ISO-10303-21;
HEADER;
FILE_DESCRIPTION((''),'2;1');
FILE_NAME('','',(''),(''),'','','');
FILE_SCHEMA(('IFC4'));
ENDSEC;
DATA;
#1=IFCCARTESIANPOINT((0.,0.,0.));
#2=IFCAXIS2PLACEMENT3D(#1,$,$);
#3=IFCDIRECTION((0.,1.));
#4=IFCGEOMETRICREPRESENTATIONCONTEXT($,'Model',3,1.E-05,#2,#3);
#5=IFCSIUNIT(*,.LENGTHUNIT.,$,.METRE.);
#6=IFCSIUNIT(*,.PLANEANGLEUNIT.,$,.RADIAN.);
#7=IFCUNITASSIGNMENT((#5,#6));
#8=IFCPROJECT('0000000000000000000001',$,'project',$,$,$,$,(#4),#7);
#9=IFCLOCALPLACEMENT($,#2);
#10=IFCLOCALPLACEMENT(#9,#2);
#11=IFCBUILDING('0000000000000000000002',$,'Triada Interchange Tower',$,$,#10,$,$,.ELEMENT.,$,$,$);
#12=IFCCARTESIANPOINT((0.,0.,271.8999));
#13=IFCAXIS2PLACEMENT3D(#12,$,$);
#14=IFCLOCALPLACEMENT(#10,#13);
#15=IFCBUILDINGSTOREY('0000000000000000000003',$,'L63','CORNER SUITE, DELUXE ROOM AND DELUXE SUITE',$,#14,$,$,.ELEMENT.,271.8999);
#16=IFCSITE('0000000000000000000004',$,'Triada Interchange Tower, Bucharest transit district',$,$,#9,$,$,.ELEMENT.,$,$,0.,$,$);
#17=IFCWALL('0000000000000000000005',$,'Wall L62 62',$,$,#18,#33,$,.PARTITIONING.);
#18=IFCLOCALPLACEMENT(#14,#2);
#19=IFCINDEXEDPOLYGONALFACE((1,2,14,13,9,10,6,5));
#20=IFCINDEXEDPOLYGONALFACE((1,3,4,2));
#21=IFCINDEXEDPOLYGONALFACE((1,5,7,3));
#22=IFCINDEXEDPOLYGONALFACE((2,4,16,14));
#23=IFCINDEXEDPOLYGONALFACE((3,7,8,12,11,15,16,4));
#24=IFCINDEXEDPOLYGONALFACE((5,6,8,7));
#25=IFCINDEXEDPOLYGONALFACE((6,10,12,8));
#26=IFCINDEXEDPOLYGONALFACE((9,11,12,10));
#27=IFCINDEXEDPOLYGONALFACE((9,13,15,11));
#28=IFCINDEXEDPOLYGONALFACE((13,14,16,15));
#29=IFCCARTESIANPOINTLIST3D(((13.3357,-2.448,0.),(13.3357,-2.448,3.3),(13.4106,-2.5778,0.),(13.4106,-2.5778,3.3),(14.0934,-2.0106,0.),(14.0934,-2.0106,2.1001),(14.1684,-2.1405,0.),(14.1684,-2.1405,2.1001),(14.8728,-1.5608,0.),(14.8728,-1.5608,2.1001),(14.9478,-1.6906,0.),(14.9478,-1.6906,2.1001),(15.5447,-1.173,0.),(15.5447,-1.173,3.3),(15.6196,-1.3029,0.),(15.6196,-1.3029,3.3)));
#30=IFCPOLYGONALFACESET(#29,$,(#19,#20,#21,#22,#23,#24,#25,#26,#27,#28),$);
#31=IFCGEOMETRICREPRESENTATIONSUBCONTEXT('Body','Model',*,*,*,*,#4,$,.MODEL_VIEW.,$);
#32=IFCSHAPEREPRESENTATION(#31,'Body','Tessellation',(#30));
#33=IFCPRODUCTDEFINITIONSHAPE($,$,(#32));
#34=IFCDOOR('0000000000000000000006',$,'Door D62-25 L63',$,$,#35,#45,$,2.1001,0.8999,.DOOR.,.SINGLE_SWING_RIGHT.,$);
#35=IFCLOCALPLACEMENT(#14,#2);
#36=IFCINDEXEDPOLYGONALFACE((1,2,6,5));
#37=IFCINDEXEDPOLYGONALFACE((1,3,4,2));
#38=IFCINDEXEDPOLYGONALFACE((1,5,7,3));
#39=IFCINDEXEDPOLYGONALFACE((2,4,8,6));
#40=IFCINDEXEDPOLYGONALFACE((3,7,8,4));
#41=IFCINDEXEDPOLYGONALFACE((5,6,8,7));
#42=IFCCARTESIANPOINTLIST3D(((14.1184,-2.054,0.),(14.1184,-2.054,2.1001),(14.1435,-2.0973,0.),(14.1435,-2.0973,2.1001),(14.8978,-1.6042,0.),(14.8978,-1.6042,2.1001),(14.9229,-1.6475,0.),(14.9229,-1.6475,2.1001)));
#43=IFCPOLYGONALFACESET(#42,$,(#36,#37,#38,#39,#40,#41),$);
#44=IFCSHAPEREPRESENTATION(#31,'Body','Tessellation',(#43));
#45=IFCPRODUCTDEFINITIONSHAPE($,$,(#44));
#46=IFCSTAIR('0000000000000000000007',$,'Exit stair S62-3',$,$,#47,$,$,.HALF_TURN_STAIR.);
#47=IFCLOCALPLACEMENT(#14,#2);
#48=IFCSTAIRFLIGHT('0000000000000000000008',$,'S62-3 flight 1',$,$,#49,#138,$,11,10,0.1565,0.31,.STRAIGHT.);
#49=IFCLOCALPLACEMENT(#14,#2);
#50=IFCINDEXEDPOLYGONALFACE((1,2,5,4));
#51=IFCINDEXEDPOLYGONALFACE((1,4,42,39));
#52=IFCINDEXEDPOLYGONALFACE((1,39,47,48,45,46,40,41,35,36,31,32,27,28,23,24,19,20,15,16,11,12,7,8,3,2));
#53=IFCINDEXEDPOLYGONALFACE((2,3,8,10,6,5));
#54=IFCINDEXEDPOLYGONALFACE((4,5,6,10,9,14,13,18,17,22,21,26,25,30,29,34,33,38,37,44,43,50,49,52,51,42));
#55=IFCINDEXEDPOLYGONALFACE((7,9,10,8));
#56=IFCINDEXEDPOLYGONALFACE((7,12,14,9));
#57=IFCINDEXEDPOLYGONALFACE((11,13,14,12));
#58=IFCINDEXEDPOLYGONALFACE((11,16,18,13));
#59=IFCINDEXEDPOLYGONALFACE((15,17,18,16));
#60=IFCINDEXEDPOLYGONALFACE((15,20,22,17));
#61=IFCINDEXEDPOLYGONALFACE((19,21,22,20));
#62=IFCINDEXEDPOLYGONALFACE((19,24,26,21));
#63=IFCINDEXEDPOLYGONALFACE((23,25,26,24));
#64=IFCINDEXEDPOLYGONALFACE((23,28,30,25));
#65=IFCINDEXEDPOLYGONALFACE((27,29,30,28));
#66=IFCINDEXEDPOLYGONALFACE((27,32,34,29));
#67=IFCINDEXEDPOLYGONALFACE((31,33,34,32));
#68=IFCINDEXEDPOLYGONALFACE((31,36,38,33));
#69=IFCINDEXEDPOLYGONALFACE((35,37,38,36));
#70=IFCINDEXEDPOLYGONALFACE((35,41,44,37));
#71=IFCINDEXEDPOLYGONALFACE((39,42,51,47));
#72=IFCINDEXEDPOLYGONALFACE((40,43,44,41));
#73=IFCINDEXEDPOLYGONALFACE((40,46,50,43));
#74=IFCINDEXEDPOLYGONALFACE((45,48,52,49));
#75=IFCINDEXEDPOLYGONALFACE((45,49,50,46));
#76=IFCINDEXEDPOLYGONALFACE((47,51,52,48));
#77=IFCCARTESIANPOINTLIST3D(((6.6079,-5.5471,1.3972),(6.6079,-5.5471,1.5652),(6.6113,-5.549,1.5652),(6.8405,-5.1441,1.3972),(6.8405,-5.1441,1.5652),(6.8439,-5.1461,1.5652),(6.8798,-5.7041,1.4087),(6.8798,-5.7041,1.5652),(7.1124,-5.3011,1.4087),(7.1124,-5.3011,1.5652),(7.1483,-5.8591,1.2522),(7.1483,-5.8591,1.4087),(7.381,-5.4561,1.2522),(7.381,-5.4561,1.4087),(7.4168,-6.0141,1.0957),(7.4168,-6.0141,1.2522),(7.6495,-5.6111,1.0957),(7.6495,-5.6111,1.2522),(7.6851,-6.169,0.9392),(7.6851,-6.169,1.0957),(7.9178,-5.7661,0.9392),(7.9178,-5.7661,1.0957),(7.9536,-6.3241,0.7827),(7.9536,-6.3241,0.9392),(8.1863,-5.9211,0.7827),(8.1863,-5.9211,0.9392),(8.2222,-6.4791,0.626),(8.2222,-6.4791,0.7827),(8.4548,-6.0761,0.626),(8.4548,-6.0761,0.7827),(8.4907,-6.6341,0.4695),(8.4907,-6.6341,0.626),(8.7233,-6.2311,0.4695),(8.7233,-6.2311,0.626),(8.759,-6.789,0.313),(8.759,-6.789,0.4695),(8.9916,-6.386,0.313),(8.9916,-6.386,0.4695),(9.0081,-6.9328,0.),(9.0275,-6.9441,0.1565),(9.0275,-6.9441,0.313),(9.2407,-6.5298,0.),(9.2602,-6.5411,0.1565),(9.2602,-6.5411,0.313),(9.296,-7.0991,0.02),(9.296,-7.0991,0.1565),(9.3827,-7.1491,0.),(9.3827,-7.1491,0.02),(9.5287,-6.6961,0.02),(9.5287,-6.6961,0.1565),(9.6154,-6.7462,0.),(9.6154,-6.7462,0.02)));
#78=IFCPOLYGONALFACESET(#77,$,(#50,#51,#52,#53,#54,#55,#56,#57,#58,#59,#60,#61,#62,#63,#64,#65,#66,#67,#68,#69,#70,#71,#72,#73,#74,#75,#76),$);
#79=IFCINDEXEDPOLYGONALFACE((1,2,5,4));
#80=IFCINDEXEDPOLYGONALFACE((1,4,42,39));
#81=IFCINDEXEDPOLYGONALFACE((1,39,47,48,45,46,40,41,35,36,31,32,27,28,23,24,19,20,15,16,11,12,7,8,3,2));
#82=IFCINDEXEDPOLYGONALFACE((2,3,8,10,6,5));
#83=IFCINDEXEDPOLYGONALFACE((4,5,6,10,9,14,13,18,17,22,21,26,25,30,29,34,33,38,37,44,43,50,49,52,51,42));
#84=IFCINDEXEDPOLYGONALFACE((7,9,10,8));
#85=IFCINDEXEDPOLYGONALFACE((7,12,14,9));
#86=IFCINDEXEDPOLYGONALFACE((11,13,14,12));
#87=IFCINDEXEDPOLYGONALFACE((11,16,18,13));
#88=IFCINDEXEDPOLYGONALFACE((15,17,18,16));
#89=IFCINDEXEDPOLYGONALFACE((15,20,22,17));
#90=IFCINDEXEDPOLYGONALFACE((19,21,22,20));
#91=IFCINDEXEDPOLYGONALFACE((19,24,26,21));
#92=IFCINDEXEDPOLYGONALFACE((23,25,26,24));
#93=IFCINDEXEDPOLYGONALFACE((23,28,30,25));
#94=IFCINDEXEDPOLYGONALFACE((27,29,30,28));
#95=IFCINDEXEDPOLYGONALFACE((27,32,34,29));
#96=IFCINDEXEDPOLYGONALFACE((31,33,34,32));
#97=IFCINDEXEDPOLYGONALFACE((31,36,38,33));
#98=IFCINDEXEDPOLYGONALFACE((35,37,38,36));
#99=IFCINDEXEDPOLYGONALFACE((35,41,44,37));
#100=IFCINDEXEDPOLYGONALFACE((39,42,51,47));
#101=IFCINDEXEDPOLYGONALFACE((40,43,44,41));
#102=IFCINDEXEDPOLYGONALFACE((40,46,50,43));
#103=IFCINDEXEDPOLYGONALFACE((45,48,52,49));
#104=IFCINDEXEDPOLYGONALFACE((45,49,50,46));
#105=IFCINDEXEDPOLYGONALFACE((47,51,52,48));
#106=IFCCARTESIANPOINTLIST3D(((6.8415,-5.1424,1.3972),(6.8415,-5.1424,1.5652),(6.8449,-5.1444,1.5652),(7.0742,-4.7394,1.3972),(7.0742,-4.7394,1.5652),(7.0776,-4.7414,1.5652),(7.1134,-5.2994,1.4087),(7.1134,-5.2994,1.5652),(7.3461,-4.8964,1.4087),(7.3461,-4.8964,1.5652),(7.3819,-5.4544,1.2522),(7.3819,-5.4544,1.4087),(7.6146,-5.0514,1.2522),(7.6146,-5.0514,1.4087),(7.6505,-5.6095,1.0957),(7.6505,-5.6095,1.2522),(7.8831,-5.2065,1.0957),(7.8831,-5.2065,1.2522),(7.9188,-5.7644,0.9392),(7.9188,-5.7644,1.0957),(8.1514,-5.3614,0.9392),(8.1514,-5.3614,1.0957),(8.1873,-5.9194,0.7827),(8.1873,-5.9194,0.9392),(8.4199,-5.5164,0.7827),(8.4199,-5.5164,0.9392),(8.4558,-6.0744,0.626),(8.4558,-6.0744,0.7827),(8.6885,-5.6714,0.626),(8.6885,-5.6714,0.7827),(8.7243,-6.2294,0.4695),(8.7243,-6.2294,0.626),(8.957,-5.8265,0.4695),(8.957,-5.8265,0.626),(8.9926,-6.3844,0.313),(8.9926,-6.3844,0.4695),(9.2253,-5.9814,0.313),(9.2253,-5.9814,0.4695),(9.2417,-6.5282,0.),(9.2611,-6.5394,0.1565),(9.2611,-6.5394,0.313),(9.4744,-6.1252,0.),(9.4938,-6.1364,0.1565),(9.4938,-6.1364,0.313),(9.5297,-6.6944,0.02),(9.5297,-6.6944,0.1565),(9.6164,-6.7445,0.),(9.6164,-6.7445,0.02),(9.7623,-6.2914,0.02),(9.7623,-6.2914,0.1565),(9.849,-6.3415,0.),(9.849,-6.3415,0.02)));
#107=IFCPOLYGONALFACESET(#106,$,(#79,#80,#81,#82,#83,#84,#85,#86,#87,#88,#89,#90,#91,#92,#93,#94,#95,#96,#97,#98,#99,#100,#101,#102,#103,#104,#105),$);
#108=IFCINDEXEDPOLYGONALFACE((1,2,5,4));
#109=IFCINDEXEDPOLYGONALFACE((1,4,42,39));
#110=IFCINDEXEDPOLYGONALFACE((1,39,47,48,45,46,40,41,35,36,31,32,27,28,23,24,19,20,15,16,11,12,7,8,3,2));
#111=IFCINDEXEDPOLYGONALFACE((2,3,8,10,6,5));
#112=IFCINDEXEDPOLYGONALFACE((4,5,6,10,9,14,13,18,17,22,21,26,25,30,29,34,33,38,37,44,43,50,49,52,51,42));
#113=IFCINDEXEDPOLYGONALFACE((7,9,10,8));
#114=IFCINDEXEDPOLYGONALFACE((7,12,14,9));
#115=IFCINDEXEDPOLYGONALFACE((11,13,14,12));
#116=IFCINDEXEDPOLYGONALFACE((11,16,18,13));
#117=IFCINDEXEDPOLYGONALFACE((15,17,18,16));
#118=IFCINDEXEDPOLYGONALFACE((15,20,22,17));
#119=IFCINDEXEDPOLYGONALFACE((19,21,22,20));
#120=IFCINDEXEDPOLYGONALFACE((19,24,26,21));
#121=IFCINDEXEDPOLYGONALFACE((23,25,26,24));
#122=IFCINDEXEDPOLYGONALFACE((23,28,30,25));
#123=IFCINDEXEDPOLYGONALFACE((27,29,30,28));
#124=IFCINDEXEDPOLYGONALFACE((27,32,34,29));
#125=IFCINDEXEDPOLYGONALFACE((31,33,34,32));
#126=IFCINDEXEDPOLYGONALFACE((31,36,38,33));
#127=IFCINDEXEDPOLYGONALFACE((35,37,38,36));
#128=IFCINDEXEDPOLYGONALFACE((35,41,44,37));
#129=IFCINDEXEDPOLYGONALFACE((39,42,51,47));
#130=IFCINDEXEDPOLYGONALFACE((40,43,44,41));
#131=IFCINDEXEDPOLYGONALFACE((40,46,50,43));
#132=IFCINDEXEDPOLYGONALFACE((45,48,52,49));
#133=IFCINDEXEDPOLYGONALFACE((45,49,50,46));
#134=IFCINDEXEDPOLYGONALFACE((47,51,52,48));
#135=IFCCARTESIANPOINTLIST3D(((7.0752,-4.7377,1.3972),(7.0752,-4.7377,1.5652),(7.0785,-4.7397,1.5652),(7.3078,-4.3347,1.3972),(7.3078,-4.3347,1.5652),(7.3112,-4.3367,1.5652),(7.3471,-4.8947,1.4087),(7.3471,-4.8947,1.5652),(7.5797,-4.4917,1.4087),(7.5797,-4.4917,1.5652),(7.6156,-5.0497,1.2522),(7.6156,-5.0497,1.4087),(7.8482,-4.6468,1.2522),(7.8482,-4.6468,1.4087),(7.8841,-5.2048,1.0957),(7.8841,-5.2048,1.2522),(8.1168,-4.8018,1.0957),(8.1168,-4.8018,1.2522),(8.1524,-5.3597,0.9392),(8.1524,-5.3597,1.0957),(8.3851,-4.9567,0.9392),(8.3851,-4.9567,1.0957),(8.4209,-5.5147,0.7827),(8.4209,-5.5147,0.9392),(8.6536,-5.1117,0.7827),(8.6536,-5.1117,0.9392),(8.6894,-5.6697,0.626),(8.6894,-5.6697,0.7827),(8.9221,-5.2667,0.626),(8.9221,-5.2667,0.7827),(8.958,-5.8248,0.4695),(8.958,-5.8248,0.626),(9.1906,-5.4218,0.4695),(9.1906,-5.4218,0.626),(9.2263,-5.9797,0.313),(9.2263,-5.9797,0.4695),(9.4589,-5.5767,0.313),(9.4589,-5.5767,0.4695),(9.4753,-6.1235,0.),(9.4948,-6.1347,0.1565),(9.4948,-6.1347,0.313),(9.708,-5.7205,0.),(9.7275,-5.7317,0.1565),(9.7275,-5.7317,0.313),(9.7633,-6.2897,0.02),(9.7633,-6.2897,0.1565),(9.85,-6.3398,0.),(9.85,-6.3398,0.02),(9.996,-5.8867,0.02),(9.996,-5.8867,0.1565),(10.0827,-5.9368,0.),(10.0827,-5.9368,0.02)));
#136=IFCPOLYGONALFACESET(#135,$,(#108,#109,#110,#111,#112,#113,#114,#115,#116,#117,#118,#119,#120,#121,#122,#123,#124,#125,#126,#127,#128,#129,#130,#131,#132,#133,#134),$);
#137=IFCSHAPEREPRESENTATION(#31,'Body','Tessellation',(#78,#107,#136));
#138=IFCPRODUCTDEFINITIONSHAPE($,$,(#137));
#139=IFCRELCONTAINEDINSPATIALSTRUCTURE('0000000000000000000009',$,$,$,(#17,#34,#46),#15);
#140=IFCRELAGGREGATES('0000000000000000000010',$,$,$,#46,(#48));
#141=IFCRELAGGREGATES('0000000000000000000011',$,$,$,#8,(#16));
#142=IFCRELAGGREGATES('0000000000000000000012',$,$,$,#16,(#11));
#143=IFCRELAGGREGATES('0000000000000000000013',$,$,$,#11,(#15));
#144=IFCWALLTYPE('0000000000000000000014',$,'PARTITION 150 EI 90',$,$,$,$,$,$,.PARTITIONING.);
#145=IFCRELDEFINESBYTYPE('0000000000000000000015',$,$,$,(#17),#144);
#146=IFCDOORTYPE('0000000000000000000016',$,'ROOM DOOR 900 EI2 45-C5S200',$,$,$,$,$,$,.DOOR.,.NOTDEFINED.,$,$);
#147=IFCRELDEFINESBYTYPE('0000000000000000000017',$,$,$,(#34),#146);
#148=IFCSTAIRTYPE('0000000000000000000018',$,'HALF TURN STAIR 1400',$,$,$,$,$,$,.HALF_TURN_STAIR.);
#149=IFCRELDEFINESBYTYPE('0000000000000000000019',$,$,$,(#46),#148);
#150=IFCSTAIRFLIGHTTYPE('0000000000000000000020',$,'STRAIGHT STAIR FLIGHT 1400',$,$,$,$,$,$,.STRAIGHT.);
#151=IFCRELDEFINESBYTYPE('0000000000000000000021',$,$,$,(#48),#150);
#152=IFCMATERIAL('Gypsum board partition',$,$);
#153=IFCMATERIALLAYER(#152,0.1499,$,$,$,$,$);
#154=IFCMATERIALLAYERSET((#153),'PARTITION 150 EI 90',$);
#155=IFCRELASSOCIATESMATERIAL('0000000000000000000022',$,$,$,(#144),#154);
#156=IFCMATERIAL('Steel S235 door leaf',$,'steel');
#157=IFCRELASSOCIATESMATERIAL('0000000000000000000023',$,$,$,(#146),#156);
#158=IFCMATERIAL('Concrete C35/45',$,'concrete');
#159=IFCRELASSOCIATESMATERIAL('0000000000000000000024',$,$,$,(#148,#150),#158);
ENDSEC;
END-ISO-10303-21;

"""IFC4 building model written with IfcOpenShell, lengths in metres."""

from ifc_helpers import new_model, si_unit, direction, frame, frame_2d, origin, place, context, subcontext, project, spatial, polyline, rectangle, outline, extrude, material, layer, layer_set, type_object, element, fill, aggregate, save


model = new_model("IFC4")

# Units and contexts
model_context = context("Model", 3, precision=1e-05, world=origin(), true_north=direction((0.0, 1.0)))
body_context = subcontext(model_context, "Body", "Model", "MODEL_VIEW")
ifc_project = project(units=[si_unit("LENGTHUNIT", "METRE"), si_unit("PLANEANGLEUNIT", "RADIAN")], contexts=[model_context])

# Site, building, storey
site_placement = place(None, origin())
site = spatial("IfcSite", under=ifc_project, at=site_placement, Name="Triada Interchange Tower, Bucharest transit district", CompositionType="ELEMENT", RefElevation=0.0)
building_placement = place(site_placement, origin())
building = spatial("IfcBuilding", under=site, at=building_placement, Name="Triada Interchange Tower", CompositionType="ELEMENT")
storey_placement = place(building_placement, frame((0.0, 0.0, 271.8999)))
storey = spatial("IfcBuildingStorey", under=building, at=storey_placement, Name="L63", Description="CORNER SUITE, DELUXE ROOM AND DELUXE SUITE", CompositionType="ELEMENT", Elevation=271.8999)

# Shared definitions
ifc_material_1 = material(Name="Steel S235 door leaf", Category="steel")

# Wall, opening, door
ifc_material_2 = material(Name="Gypsum board partition")
ifc_layer_1 = layer(ifc_material_2, 0.1499)
ifc_layer_set_1 = layer_set([ifc_layer_1], Name="PARTITION 150 EI 90")
wall_type_1 = type_object("IfcWallType", Name="PARTITION 150 EI 90", PredefinedType="PARTITIONING", material=ifc_layer_set_1)
wall_1_placement = place(storey_placement, frame((13.373, -2.5129, 0.0), z_axis=(0.0, 0.0, 1.0), x_axis=(0.866103, 0.499866, 0.0)))
wall_1 = element("IfcWall", 1, at=wall_1_placement, inside=storey, type_object=wall_type_1, Name="Wall L62 62", PredefinedType="PARTITIONING", context=body_context, shape_type="SweptSolid", body=[
    extrude(rectangle(XDim=2.5505, YDim=0.1499, at=frame_2d((1.2754, 0.0))), origin(), (0.0, 0.0, 1.0), 3.3),
])
opening_1_placement = place(wall_1_placement, frame((0.875, 0.0, 0.0)))
opening_1 = element("IfcOpeningElement", 2, at=opening_1_placement, cuts=wall_1, PredefinedType="OPENING", context=body_context, shape_type="SweptSolid", body=[
    extrude(rectangle(XDim=0.8999, YDim=2.1001, at=frame_2d((0.45, 1.05))), frame((0.0, 0.085, 0.0), z_axis=(0.0, -1.0, 0.0), x_axis=(1.0, 0.0, 0.0)), (0.0, 0.0, 1.0), 0.1699),
])
door_type_1 = type_object("IfcDoorType", Name="ROOM DOOR 900 EI2 45-C5S200", OperationType="NOTDEFINED", PredefinedType="DOOR", material=ifc_material_1)
door_1_placement = place(opening_1_placement, origin())
door_1 = element("IfcDoor", 3, at=door_1_placement, inside=storey, type_object=door_type_1, Name="Door D62-25 L63", OperationType="SINGLE_SWING_RIGHT", OverallHeight=2.1001, OverallWidth=0.8999, PredefinedType="DOOR", context=body_context, shape_type="SweptSolid", body=[
    extrude(rectangle(XDim=0.8999, YDim=2.1001, at=frame_2d((0.45, 1.05))), frame((0.0, 0.0249, 0.0), z_axis=(0.0, -1.0, 0.0), x_axis=(1.0, 0.0, 0.0)), (0.0, 0.0, 1.0), 0.05),
])
fill(opening_1, door_1)

# Stair, stair flight
ifc_material_3 = material(Name="Concrete C35/45", Category="concrete")
stair_type = type_object("IfcStairType", Name="HALF TURN STAIR 1400", PredefinedType="HALF_TURN_STAIR", material=ifc_material_3)
stair_placement = place(storey_placement, origin())
stair = element("IfcStair", 4, at=stair_placement, inside=storey, type_object=stair_type, Name="Exit stair S62-3", PredefinedType="HALF_TURN_STAIR")
stair_flight_type = type_object("IfcStairFlightType", Name="STRAIGHT STAIR FLIGHT 1400", PredefinedType="STRAIGHT", material=ifc_material_3)
stair_flight_1_placement = place(storey_placement, frame((9.646, -6.4929, 0.0), z_axis=(0.0, 0.0, 1.0), x_axis=(-0.866025, 0.5, 0.0)))
stair_flight_1 = element("IfcStairFlight", 5, at=stair_flight_1_placement, type_object=stair_flight_type, Name="S62-3 flight 1", NumberOfRisers=11, NumberOfTreads=10, PredefinedType="STRAIGHT", RiserHeight=0.1565, TreadLength=0.31, context=body_context, shape_type="SweptSolid", body=[
    extrude(outline(polyline([(-0.1001, 0.0), (-0.1001, 0.02), (0.0, 0.02), (0.0, 0.1565), (0.3101, 0.1565), (0.3101, 0.313), (0.6201, 0.313), (0.6201, 0.4695), (0.9299, 0.4695), (0.9299, 0.626), (1.24, 0.626), (1.24, 0.7827), (1.55, 0.7827), (1.55, 0.9392), (1.8601, 0.9392), (1.8601, 1.0957), (2.1699, 1.0957), (2.1699, 1.2522), (2.48, 1.2522), (2.48, 1.4087), (2.79, 1.4087), (2.79, 1.5652), (3.1001, 1.5652), (3.104, 1.5652), (3.104, 1.7217), (3.104, 1.3972), (0.3325, 0.0), (-0.1001, 0.0)])), frame((0.0, 0.7, 0.0), z_axis=(0.0, -1.0, 0.0), x_axis=(1.0, 0.0, 0.0)), (0.0, 0.0, 1.0), 0.4653),
    extrude(outline(polyline([(-0.1001, 0.0), (-0.1001, 0.02), (0.0, 0.02), (0.0, 0.1565), (0.3101, 0.1565), (0.3101, 0.313), (0.6201, 0.313), (0.6201, 0.4695), (0.9299, 0.4695), (0.9299, 0.626), (1.24, 0.626), (1.24, 0.7827), (1.55, 0.7827), (1.55, 0.9392), (1.8601, 0.9392), (1.8601, 1.0957), (2.1699, 1.0957), (2.1699, 1.2522), (2.48, 1.2522), (2.48, 1.4087), (2.79, 1.4087), (2.79, 1.5652), (3.1001, 1.5652), (3.104, 1.5652), (3.104, 1.7217), (3.104, 1.3972), (0.3325, 0.0), (-0.1001, 0.0)])), frame((0.0, 0.2327, 0.0), z_axis=(0.0, -1.0, 0.0), x_axis=(1.0, 0.0, 0.0)), (0.0, 0.0, 1.0), 0.4653),
    extrude(outline(polyline([(-0.1001, 0.0), (-0.1001, 0.02), (0.0, 0.02), (0.0, 0.1565), (0.3101, 0.1565), (0.3101, 0.313), (0.6201, 0.313), (0.6201, 0.4695), (0.9299, 0.4695), (0.9299, 0.626), (1.24, 0.626), (1.24, 0.7827), (1.55, 0.7827), (1.55, 0.9392), (1.8601, 0.9392), (1.8601, 1.0957), (2.1699, 1.0957), (2.1699, 1.2522), (2.48, 1.2522), (2.48, 1.4087), (2.79, 1.4087), (2.79, 1.5652), (3.1001, 1.5652), (3.104, 1.5652), (3.104, 1.7217), (3.104, 1.3972), (0.3325, 0.0), (-0.1001, 0.0)])), frame((0.0, -0.2346, 0.0), z_axis=(0.0, -1.0, 0.0), x_axis=(1.0, 0.0, 0.0)), (0.0, 0.0, 1.0), 0.4653),
])
aggregate(stair, [stair_flight_1])

save(model, "model.ifc")
